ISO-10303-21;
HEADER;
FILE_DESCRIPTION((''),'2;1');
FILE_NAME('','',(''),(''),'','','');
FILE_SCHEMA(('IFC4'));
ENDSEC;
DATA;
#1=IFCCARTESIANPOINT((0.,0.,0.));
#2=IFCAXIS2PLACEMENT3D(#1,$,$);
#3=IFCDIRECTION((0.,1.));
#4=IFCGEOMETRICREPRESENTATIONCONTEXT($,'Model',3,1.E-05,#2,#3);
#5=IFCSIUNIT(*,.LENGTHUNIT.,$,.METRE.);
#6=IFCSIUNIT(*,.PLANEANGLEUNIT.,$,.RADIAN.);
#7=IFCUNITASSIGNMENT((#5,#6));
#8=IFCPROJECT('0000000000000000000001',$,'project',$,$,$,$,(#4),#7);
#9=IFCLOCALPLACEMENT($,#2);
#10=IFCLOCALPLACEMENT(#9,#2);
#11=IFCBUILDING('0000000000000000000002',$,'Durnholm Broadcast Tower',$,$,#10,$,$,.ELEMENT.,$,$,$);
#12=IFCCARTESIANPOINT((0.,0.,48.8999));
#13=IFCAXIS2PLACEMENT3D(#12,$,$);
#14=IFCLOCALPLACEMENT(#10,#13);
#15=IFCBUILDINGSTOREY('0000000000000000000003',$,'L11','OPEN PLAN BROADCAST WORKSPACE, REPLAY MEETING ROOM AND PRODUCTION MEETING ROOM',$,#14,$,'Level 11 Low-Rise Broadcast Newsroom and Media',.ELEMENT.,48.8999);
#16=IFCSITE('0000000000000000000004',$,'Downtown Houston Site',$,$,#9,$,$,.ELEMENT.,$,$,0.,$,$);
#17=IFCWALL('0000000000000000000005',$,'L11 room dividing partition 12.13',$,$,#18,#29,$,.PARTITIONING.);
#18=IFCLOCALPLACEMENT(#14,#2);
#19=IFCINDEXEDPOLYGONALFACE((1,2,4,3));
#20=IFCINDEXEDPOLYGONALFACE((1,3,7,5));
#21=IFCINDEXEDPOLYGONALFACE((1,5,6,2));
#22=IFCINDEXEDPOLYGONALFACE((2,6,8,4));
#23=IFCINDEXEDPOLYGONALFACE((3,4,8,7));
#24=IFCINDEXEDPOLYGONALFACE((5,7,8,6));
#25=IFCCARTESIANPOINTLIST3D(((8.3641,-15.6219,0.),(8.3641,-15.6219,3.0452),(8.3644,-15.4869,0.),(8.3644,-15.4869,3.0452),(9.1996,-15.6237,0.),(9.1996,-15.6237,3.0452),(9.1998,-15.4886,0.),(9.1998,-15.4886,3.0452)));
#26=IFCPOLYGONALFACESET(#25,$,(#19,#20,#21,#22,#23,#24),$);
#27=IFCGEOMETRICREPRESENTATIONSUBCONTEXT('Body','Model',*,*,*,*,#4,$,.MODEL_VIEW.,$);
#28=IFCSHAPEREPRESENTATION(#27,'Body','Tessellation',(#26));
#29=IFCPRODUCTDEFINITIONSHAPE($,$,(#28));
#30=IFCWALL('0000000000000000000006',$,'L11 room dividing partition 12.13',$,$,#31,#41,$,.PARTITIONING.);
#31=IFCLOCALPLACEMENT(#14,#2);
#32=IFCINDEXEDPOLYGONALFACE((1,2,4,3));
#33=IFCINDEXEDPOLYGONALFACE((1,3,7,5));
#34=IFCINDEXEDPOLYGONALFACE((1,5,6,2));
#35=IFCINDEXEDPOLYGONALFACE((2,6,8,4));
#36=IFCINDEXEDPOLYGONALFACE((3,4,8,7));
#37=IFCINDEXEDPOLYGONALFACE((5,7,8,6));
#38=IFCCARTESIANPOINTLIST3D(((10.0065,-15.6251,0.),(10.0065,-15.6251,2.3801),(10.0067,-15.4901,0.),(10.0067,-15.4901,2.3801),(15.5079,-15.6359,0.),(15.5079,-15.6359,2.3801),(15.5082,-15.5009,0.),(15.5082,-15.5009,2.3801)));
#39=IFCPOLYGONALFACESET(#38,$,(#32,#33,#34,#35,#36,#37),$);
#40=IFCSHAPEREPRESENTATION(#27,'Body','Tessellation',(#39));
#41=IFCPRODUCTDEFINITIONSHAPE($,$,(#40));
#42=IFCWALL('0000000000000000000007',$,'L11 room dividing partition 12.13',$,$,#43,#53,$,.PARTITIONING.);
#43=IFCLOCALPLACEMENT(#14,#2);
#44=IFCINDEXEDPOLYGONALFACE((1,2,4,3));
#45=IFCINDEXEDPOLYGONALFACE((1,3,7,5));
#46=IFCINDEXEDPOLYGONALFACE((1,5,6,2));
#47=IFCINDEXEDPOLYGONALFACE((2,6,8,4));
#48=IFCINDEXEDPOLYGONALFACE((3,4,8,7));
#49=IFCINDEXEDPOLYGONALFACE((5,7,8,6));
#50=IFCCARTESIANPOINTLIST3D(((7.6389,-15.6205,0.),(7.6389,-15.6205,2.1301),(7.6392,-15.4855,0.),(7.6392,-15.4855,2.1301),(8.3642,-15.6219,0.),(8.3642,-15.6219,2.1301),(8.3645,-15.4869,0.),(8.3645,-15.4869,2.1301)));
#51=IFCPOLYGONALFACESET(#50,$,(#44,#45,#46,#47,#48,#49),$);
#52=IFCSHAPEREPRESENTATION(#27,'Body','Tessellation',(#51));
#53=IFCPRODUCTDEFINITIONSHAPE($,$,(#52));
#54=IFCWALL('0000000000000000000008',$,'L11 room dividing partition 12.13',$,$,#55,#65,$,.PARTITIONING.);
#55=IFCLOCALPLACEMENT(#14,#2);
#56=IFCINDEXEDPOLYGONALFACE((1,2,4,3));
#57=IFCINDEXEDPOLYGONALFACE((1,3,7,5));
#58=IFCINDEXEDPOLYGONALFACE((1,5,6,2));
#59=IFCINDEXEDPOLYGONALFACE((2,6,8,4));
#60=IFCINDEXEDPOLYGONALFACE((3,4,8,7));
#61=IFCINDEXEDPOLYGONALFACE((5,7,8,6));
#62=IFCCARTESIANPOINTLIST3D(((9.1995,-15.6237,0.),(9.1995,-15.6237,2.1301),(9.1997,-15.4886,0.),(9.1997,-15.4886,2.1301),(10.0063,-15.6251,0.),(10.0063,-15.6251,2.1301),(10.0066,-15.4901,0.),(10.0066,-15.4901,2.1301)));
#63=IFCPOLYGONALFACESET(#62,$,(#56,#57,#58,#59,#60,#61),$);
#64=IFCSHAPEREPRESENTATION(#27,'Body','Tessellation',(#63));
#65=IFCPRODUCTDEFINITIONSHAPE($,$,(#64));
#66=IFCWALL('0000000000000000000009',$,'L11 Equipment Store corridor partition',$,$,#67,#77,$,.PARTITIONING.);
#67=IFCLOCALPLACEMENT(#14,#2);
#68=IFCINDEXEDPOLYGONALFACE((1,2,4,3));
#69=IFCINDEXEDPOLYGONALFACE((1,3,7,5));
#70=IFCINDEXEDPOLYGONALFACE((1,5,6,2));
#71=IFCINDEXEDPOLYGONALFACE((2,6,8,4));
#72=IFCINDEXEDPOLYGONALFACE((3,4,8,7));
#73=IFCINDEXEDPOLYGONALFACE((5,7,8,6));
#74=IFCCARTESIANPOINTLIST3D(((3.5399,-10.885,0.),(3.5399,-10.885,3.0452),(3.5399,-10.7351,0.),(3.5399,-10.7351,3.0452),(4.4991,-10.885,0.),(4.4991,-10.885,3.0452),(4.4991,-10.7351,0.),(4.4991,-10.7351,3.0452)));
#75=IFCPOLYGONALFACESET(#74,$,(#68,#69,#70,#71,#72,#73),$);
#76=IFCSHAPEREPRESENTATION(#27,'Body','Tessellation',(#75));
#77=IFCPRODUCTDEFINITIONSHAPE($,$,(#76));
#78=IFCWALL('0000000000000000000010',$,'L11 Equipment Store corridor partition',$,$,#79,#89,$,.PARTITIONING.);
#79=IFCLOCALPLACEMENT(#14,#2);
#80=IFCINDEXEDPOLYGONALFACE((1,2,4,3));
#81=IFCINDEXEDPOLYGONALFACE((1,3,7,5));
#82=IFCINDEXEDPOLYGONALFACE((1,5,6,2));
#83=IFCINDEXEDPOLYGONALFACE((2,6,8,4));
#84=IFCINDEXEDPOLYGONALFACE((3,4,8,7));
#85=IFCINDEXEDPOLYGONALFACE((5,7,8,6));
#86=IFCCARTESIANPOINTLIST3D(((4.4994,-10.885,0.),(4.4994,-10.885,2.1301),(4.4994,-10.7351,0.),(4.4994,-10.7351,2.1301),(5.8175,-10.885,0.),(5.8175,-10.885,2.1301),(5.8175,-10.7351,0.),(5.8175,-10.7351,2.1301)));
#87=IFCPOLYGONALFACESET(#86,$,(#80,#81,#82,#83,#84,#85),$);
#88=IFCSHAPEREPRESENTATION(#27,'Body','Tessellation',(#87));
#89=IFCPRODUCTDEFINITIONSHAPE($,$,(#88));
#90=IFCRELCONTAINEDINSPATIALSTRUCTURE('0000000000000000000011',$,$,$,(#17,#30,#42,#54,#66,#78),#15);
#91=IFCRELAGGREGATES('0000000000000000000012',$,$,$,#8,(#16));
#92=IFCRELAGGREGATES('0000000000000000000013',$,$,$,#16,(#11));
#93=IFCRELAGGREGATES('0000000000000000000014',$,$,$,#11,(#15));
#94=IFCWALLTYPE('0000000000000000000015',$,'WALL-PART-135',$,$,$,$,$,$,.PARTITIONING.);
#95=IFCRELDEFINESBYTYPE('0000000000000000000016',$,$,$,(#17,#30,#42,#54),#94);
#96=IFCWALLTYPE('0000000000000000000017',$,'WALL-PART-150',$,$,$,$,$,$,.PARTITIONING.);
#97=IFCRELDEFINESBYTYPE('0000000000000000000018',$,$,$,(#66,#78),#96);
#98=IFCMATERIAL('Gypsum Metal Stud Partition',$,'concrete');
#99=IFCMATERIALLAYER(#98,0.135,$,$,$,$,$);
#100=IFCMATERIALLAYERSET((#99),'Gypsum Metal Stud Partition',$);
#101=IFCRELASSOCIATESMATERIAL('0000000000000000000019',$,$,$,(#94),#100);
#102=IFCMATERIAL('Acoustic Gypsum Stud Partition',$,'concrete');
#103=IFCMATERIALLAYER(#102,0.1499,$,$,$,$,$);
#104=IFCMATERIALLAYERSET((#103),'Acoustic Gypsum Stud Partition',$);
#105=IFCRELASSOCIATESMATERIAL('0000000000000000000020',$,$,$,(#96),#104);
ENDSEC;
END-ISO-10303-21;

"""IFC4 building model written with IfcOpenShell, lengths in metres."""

from ifc_helpers import new_model, si_unit, direction, frame, frame_2d, origin, place, context, subcontext, project, spatial, rectangle, extrude, material, layer, layer_set, type_object, element, save


model = new_model("IFC4")

# Units and contexts
model_context = context("Model", 3, precision=1e-05, world=origin(), true_north=direction((0.0, 1.0)))
body_context = subcontext(model_context, "Body", "Model", "MODEL_VIEW")
ifc_project = project(units=[si_unit("LENGTHUNIT", "METRE"), si_unit("PLANEANGLEUNIT", "RADIAN")], contexts=[model_context])

# Site, building, storey
site_placement = place(None, origin())
site = spatial("IfcSite", under=ifc_project, at=site_placement, Name="Downtown Houston Site", CompositionType="ELEMENT", RefElevation=0.0)
building_placement = place(site_placement, origin())
building = spatial("IfcBuilding", under=site, at=building_placement, Name="Durnholm Broadcast Tower", CompositionType="ELEMENT")
storey_placement = place(building_placement, frame((0.0, 0.0, 48.8999)))
storey = spatial("IfcBuildingStorey", under=building, at=storey_placement, Name="L11", Description="OPEN PLAN BROADCAST WORKSPACE, REPLAY MEETING ROOM AND PRODUCTION MEETING ROOM", LongName="Level 11 Low-Rise Broadcast Newsroom and Media", CompositionType="ELEMENT", Elevation=48.8999)

# Shared definitions
ifc_material_1 = material(Name="Gypsum Metal Stud Partition", Category="concrete")
ifc_layer_1 = layer(ifc_material_1, 0.135)
ifc_layer_set_1 = layer_set([ifc_layer_1], Name="Gypsum Metal Stud Partition")
wall_type_1 = type_object("IfcWallType", Name="WALL-PART-135", PredefinedType="PARTITIONING", material=ifc_layer_set_1)

# Walls
wall_1_placement = place(storey_placement, frame((8.3643, -15.5544, 0.0), z_axis=(0.0, 0.0, 1.0), x_axis=(0.999998, -0.002046, 0.0)))
element("IfcWall", 1, at=wall_1_placement, inside=storey, type_object=wall_type_1, Name="L11 room dividing partition 12.13", PredefinedType="PARTITIONING", context=body_context, shape_type="SweptSolid", body=[
    extrude(rectangle(XDim=0.8354, YDim=0.135, at=frame_2d((0.4177, 0.0))), origin(), (0.0, 0.0, 1.0), 3.0452),
])
wall_2_placement = place(storey_placement, frame((10.0066, -15.5576, 0.0), z_axis=(0.0, 0.0, 1.0), x_axis=(0.999998, -0.001953, 0.0)))
element("IfcWall", 2, at=wall_2_placement, inside=storey, type_object=wall_type_1, Name="L11 room dividing partition 12.13", PredefinedType="PARTITIONING", context=body_context, shape_type="SweptSolid", body=[
    extrude(rectangle(XDim=5.5015, YDim=0.135, at=frame_2d((2.7507, 0.0))), origin(), (0.0, 0.0, 1.0), 2.3801),
])
wall_3_placement = place(storey_placement, frame((7.6389, -15.553, 0.0), z_axis=(0.0, 0.0, 1.0), x_axis=(0.999998, -0.00202, 0.0)))
element("IfcWall", 3, at=wall_3_placement, inside=storey, type_object=wall_type_1, Name="L11 room dividing partition 12.13", PredefinedType="PARTITIONING", context=body_context, shape_type="SweptSolid", body=[
    extrude(rectangle(XDim=0.7253, YDim=0.135, at=frame_2d((0.3628, 0.0))), origin(), (0.0, 0.0, 1.0), 2.1301),
])
wall_4_placement = place(storey_placement, frame((9.1997, -15.5562, 0.0), z_axis=(0.0, 0.0, 1.0), x_axis=(0.999998, -0.001815, 0.0)))
element("IfcWall", 4, at=wall_4_placement, inside=storey, type_object=wall_type_1, Name="L11 room dividing partition 12.13", PredefinedType="PARTITIONING", context=body_context, shape_type="SweptSolid", body=[
    extrude(rectangle(XDim=0.8069, YDim=0.135, at=frame_2d((0.4033, 0.0))), origin(), (0.0, 0.0, 1.0), 2.1301),
])
ifc_material_2 = material(Name="Acoustic Gypsum Stud Partition", Category="concrete")
ifc_layer_2 = layer(ifc_material_2, 0.1499)
ifc_layer_set_2 = layer_set([ifc_layer_2], Name="Acoustic Gypsum Stud Partition")
wall_type_2 = type_object("IfcWallType", Name="WALL-PART-150", PredefinedType="PARTITIONING", material=ifc_layer_set_2)
wall_5_placement = place(storey_placement, frame((3.54, -10.8101, 0.0), z_axis=(0.0, 0.0, 1.0), x_axis=(1.0, 0.0, 0.0)))
element("IfcWall", 5, at=wall_5_placement, inside=storey, type_object=wall_type_2, Name="L11 Equipment Store corridor partition", PredefinedType="PARTITIONING", context=body_context, shape_type="SweptSolid", body=[
    extrude(rectangle(XDim=0.9592, YDim=0.1499, at=frame_2d((0.4795, 0.0))), origin(), (0.0, 0.0, 1.0), 3.0452),
])
wall_6_placement = place(storey_placement, frame((4.4993, -10.8101, 0.0), z_axis=(0.0, 0.0, 1.0), x_axis=(1.0, 0.0, 0.0)))
element("IfcWall", 6, at=wall_6_placement, inside=storey, type_object=wall_type_2, Name="L11 Equipment Store corridor partition", PredefinedType="PARTITIONING", context=body_context, shape_type="SweptSolid", body=[
    extrude(rectangle(XDim=1.3181, YDim=0.1499, at=frame_2d((0.6592, 0.0))), origin(), (0.0, 0.0, 1.0), 2.1301),
])

save(model, "model.ifc")
